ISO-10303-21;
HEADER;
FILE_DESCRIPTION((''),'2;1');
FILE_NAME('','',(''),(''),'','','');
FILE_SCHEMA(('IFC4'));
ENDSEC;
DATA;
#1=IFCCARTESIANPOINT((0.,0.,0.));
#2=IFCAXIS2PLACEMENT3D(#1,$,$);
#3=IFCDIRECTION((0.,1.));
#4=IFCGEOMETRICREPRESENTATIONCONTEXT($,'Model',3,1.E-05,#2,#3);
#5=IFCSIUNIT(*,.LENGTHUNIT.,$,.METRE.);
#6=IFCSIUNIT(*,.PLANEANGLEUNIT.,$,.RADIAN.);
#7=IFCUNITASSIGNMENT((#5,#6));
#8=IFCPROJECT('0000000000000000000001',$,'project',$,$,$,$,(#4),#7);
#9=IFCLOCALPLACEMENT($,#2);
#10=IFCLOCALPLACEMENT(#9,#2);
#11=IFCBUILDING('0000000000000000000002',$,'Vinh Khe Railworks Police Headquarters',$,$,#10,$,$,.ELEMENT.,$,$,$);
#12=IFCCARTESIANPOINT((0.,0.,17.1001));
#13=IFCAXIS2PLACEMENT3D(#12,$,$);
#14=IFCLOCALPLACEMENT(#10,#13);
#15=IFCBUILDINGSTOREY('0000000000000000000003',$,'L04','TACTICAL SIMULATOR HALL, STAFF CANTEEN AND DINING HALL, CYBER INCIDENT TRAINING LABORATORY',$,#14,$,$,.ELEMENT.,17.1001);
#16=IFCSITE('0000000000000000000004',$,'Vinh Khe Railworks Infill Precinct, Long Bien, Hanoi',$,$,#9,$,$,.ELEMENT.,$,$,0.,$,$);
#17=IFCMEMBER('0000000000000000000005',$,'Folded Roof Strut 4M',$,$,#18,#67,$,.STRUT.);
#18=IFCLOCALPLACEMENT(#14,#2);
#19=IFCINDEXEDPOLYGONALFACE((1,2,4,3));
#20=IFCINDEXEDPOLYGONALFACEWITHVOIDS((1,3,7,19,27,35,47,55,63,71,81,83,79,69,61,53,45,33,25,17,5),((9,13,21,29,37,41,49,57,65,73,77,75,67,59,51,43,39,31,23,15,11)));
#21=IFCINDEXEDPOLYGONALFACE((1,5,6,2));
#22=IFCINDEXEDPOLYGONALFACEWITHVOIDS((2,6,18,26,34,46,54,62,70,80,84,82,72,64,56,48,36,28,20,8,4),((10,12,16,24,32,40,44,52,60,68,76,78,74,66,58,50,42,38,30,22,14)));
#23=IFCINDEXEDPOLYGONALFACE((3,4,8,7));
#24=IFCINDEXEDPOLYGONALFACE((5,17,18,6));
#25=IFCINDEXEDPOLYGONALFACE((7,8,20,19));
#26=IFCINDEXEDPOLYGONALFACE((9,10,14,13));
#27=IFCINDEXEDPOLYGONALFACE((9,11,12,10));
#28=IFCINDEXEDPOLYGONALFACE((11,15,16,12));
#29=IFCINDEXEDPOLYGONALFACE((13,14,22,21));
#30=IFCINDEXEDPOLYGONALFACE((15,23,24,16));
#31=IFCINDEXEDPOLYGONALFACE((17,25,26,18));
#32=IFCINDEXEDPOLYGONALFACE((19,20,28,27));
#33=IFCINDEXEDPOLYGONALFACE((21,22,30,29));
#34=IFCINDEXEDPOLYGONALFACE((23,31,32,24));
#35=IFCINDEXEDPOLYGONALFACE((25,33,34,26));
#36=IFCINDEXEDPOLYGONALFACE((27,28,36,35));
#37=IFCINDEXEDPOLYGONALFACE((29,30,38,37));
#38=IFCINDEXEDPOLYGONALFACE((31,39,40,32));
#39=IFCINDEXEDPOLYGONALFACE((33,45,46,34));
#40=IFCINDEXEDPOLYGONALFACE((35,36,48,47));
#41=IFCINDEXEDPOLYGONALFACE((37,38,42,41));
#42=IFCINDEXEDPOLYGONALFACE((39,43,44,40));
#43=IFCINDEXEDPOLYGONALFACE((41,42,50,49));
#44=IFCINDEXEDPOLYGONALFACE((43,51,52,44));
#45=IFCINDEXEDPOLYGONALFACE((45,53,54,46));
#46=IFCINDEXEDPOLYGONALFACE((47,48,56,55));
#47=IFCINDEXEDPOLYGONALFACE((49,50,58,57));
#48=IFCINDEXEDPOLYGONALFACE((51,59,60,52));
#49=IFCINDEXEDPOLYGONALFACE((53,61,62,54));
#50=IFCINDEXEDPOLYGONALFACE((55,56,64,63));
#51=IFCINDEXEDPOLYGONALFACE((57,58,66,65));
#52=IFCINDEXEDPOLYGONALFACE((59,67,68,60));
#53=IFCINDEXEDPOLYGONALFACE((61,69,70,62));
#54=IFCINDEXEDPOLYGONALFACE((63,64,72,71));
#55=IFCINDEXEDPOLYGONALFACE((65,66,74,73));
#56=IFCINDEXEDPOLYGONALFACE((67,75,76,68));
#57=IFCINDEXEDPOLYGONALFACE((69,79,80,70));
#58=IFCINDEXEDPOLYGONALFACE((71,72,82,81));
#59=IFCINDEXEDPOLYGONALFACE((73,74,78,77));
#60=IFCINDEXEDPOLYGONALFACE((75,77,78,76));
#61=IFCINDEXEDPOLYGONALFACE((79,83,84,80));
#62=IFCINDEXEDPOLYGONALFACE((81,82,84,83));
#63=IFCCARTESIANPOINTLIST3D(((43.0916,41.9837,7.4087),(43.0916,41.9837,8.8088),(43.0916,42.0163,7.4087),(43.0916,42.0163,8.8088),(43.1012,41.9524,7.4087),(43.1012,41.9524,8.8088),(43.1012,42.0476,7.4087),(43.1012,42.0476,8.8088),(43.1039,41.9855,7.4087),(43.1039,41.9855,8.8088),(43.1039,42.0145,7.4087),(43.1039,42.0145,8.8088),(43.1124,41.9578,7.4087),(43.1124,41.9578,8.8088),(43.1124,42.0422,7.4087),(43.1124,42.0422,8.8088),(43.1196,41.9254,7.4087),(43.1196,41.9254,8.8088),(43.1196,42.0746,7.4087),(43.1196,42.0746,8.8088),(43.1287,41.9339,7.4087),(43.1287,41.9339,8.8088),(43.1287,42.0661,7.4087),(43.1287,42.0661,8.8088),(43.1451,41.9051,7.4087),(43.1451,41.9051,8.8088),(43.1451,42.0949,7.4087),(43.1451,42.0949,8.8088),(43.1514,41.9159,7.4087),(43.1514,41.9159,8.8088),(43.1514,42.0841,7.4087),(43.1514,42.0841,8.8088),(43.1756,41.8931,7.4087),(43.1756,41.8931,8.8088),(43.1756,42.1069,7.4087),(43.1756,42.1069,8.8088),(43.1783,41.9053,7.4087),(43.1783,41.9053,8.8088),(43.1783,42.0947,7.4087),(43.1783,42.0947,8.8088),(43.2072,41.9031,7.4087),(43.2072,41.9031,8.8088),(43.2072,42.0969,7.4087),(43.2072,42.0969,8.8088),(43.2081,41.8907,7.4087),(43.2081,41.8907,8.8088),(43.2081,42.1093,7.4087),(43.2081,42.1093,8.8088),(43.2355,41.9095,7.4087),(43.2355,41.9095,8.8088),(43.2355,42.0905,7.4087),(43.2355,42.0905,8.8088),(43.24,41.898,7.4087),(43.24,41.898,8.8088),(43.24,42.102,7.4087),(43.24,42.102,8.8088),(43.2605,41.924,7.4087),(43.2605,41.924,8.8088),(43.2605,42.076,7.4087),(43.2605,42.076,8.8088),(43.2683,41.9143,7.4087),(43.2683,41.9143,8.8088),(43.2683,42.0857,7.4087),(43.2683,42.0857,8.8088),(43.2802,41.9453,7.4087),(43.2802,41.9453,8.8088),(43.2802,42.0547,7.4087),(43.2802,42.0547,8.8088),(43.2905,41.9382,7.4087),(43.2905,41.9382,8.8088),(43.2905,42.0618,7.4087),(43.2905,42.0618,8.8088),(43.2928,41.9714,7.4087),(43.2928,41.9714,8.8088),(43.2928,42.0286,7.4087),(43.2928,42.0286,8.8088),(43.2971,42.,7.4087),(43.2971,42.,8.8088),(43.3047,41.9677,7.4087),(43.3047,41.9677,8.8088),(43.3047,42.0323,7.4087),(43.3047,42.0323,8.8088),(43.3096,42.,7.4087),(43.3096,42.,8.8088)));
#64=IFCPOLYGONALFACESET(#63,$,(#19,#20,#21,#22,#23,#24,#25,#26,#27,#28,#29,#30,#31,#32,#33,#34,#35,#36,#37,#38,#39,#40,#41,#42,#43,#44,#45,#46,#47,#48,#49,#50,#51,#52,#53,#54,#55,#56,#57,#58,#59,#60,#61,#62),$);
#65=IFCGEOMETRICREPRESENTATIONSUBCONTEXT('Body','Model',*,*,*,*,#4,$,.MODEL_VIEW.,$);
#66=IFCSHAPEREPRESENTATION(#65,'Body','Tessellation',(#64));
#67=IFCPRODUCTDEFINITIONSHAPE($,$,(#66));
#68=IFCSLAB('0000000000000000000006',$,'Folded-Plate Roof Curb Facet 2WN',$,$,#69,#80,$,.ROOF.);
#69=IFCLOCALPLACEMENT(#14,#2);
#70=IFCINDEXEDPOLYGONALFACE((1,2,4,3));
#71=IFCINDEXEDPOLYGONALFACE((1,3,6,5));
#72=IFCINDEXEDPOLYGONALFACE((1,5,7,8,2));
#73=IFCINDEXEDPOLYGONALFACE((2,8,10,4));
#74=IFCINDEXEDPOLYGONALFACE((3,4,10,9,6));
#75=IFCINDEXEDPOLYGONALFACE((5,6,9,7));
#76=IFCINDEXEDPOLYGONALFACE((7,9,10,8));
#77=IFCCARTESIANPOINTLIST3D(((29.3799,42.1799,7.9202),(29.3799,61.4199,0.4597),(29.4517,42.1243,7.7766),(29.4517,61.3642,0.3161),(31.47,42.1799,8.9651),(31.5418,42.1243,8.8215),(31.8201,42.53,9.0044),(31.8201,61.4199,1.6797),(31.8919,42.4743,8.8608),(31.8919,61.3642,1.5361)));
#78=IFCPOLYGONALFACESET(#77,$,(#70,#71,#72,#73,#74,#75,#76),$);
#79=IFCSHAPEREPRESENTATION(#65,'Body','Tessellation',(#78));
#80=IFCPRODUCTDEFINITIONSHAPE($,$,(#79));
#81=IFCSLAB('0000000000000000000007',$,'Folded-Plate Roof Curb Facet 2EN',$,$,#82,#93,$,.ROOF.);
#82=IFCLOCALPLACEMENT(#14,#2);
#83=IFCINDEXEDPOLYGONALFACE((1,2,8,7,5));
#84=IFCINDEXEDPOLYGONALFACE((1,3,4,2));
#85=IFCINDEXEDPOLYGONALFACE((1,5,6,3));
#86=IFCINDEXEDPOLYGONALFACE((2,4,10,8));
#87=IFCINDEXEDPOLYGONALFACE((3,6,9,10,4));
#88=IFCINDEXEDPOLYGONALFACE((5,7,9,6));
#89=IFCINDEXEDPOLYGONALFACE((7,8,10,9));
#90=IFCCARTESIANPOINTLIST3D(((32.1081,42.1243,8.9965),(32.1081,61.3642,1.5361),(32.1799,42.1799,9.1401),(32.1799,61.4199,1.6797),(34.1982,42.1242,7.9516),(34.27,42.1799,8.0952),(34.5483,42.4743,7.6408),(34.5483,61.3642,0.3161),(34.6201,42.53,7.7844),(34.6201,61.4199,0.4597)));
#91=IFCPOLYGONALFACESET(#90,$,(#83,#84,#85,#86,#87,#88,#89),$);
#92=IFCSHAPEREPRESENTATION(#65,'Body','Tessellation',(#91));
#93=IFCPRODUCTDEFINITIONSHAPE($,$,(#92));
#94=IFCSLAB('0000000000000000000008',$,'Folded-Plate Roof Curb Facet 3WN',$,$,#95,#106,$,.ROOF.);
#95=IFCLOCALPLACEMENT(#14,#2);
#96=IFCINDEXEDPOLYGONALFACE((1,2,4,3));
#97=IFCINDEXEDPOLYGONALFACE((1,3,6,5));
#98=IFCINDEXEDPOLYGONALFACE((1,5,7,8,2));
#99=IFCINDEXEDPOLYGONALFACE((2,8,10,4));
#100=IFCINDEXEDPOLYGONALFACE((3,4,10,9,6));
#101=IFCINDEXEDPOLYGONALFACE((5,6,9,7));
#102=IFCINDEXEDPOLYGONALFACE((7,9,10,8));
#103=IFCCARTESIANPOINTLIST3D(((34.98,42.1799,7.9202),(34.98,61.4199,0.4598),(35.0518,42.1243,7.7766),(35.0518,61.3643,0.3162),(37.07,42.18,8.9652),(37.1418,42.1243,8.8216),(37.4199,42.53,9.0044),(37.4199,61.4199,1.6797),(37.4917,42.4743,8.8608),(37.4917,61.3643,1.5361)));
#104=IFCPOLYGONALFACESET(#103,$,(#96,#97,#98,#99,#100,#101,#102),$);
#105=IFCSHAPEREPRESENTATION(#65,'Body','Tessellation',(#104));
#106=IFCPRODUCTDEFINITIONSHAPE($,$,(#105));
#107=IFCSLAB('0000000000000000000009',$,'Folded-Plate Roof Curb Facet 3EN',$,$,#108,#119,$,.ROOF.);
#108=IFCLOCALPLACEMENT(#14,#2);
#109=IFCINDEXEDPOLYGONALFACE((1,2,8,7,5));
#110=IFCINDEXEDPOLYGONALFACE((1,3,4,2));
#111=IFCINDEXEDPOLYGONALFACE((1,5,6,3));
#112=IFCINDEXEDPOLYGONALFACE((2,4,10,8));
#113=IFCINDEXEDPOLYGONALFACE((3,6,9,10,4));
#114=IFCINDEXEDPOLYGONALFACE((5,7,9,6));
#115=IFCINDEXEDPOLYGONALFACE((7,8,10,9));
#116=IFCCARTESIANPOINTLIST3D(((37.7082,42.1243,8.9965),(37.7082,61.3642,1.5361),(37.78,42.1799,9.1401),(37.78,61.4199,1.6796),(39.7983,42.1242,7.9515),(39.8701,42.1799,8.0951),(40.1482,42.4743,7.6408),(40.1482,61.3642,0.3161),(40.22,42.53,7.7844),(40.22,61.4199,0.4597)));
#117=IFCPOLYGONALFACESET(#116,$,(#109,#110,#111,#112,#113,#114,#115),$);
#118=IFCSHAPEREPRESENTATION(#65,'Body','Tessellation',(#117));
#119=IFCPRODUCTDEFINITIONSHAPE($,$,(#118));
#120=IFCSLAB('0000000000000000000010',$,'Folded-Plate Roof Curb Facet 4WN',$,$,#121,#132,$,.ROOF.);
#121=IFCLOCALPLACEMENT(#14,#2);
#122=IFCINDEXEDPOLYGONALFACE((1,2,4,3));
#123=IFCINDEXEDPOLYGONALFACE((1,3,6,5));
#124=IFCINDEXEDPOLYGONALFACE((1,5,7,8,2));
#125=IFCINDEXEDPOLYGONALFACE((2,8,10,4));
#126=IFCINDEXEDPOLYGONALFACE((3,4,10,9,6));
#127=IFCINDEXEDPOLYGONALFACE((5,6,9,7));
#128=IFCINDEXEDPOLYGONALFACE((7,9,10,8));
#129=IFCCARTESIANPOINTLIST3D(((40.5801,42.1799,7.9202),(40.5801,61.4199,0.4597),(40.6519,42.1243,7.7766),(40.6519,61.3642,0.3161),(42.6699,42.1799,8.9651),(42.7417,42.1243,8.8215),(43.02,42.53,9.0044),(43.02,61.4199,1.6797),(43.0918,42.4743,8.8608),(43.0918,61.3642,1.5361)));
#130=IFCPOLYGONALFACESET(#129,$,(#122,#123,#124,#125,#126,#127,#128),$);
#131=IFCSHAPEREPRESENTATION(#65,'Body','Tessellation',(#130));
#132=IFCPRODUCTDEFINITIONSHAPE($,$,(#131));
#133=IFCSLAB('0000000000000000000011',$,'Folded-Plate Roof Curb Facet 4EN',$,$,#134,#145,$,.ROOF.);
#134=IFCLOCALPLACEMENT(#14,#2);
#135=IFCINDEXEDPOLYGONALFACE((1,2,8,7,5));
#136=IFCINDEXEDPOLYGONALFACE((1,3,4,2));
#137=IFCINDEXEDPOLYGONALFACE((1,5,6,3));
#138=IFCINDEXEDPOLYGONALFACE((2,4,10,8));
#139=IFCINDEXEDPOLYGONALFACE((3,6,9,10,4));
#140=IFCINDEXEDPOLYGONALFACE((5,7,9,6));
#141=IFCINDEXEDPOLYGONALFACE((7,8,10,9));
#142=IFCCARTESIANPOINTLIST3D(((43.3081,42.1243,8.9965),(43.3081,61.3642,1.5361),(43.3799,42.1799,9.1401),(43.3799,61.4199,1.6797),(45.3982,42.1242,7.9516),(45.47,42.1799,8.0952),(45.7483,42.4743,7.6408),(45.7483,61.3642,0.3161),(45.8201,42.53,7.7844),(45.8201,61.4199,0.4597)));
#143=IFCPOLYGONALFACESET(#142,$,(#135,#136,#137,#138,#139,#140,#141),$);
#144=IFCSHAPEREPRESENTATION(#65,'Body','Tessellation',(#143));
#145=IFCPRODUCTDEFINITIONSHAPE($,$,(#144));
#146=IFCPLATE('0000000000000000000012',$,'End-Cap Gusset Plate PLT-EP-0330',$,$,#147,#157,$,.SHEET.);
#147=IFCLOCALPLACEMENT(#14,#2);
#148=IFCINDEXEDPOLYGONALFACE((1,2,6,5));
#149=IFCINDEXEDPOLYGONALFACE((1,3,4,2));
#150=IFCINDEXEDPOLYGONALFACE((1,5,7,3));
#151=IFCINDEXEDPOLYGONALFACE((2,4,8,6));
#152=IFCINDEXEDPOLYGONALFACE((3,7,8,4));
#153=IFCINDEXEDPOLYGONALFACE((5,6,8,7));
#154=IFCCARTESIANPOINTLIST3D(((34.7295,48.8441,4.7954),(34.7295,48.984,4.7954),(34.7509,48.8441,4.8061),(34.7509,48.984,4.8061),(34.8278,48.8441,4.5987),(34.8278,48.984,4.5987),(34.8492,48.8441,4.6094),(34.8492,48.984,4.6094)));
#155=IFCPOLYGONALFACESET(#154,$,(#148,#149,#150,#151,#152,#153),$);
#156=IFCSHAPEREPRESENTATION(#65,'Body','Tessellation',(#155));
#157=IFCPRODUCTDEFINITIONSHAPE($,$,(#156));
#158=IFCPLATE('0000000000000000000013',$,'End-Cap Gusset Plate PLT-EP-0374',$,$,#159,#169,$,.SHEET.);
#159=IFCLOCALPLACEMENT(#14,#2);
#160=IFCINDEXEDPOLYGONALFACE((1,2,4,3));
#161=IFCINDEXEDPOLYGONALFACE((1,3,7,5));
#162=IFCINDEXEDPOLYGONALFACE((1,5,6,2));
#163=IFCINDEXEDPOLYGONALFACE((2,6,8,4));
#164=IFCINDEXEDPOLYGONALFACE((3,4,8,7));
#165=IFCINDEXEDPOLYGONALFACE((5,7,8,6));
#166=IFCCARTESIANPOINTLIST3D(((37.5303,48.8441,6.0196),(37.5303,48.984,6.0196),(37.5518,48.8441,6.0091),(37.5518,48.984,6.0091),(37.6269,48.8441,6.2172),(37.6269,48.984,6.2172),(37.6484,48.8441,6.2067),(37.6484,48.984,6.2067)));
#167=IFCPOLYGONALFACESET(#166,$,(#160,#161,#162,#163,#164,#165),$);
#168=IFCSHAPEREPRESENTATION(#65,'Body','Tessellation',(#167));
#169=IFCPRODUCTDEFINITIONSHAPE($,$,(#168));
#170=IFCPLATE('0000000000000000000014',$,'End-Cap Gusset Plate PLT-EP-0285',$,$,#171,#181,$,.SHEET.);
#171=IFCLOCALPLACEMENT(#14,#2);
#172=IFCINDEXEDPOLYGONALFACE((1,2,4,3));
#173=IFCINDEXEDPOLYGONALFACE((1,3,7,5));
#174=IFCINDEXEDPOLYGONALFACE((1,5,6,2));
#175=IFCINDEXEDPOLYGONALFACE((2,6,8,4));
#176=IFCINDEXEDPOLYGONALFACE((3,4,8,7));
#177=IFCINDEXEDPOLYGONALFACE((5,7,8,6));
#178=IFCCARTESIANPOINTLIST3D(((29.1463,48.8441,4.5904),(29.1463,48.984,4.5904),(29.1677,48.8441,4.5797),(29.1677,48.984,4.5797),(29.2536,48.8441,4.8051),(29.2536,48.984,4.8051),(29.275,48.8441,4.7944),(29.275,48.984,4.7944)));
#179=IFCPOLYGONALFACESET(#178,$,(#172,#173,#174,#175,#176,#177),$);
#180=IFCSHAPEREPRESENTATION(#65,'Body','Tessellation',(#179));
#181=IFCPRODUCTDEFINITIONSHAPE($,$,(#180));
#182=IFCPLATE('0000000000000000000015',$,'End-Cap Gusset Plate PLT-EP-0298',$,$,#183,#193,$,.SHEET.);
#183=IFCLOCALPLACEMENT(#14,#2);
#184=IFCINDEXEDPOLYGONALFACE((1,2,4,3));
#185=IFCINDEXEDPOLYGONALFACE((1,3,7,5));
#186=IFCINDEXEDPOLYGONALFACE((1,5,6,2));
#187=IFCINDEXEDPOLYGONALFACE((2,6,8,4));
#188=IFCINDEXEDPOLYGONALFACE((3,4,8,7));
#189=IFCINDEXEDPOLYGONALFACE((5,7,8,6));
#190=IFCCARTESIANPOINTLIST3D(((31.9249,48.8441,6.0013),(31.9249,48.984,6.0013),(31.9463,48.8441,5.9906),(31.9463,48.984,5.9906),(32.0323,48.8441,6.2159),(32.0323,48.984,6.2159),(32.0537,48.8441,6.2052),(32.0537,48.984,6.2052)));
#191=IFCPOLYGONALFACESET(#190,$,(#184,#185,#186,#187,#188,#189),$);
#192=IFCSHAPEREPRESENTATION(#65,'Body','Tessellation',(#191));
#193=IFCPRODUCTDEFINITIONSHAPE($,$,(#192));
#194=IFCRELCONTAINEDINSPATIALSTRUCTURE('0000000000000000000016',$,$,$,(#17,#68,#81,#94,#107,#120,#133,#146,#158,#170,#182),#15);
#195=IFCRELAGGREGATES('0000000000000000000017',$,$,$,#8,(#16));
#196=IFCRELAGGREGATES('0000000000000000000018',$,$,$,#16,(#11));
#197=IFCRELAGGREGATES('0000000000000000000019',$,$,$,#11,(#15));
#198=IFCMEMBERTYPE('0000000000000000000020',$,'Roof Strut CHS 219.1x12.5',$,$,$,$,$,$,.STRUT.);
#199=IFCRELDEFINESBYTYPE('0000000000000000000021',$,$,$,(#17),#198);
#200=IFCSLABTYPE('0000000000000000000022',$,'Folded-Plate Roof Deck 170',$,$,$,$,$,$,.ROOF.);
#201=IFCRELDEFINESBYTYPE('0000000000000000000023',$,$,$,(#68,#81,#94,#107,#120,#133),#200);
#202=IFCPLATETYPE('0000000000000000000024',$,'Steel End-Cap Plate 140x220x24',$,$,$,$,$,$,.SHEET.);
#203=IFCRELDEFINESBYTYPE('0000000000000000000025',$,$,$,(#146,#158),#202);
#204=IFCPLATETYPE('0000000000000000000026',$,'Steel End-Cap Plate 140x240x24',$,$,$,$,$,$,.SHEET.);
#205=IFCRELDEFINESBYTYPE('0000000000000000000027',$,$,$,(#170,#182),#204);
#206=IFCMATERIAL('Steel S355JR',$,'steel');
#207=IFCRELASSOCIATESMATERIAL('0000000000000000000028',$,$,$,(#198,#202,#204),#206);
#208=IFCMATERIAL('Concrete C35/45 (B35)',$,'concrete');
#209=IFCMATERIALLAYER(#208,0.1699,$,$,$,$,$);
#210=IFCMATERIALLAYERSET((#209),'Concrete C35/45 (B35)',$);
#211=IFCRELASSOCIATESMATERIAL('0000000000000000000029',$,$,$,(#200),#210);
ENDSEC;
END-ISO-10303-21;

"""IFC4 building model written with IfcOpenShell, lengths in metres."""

from ifc_helpers import new_model, si_unit, direction, frame, origin, origin_2d, place, context, subcontext, project, spatial, polyline, rectangle, hollow_circle, outline, extrude, material, layer, layer_set, material_profile, profile_set, type_object, element, save


model = new_model("IFC4")

# Units and contexts
model_context = context("Model", 3, precision=1e-05, world=origin(), true_north=direction((0.0, 1.0)))
body_context = subcontext(model_context, "Body", "Model", "MODEL_VIEW")
ifc_project = project(units=[si_unit("LENGTHUNIT", "METRE"), si_unit("PLANEANGLEUNIT", "RADIAN")], contexts=[model_context])

# Site, building, storey
site_placement = place(None, origin())
site = spatial("IfcSite", under=ifc_project, at=site_placement, Name="Vinh Khe Railworks Infill Precinct, Long Bien, Hanoi", CompositionType="ELEMENT", RefElevation=0.0)
building_placement = place(site_placement, origin())
building = spatial("IfcBuilding", under=site, at=building_placement, Name="Vinh Khe Railworks Police Headquarters", CompositionType="ELEMENT")
storey_placement = place(building_placement, frame((0.0, 0.0, 17.1001)))
storey = spatial("IfcBuildingStorey", under=building, at=storey_placement, Name="L04", Description="TACTICAL SIMULATOR HALL, STAFF CANTEEN AND DINING HALL, CYBER INCIDENT TRAINING LABORATORY", CompositionType="ELEMENT", Elevation=17.1001)

# Member
ifc_material_1 = material(Name="Steel S355JR", Category="steel")
ifc_material_profile_1 = material_profile(ifc_material_1, hollow_circle(Radius=0.1096, WallThickness=0.0125, at=origin_2d()), Name="CHS 219.1x12.5")
ifc_profile_set_1 = profile_set([ifc_material_profile_1], Name="Steel S355JR")
member_type_1 = type_object("IfcMemberType", Name="Roof Strut CHS 219.1x12.5", PredefinedType="STRUT", material=ifc_profile_set_1)
for number, where, z_axis, x_axis, name in (
    (1, (43.2, 42.0, 7.4087), (0.0, 0.0, 1.0), (1.0, 0.0, 0.0), "Folded Roof Strut 4M"),
):
    element("IfcMember", number, at=place(storey_placement, frame(where, z_axis=z_axis, x_axis=x_axis)), inside=storey, type_object=member_type_1, Name=name, PredefinedType="STRUT", context=body_context, shape_type="SweptSolid", body=[
        extrude(hollow_circle(Radius=0.1096, WallThickness=0.0125, at=origin_2d()), origin(), (0.0, 0.0, 1.0), 1.4001),
    ])

# Slabs
ifc_material_2 = material(Name="Concrete C35/45 (B35)", Category="concrete")
ifc_layer_1 = layer(ifc_material_2, 0.1699)
ifc_layer_set_1 = layer_set([ifc_layer_1], Name="Concrete C35/45 (B35)")
slab_type = type_object("IfcSlabType", Name="Folded-Plate Roof Deck 170", PredefinedType="ROOF", material=ifc_layer_set_1)
slab_1_placement = place(storey_placement, frame((29.3799, 42.1799, 7.9202), z_axis=(-0.42249, 0.327678, 0.845061), x_axis=(0.894445, 0.000003, 0.447179)))
element("IfcSlab", 2, at=slab_1_placement, inside=storey, type_object=slab_type, Name="Folded-Plate Roof Curb Facet 2WN", PredefinedType="ROOF", context=body_context, shape_type="SweptSolid", body=[
    extrude(outline(polyline([(0.0, 0.0), (2.3367, 0.0), (2.6675, 0.3705), (-0.6079, 20.3643), (-3.3361, 20.3643), (0.0, 0.0)])), origin(), (0.0, 0.0, -1.0), 0.1699),
])
slab_2_placement = place(storey_placement, frame((32.1799, 42.1799, 9.1401), z_axis=(0.422487, 0.32768, 0.845063), x_axis=(0.894446, -0.000002, -0.447176)))
element("IfcSlab", 3, at=slab_2_placement, inside=storey, type_object=slab_type, Name="Folded-Plate Roof Curb Facet 2EN", PredefinedType="ROOF", context=body_context, shape_type="SweptSolid", body=[
    extrude(outline(polyline([(0.0, 0.0), (2.3367, 0.0), (2.7889, 0.3706), (6.0643, 20.3643), (3.3361, 20.3643), (0.0, 0.0)])), origin(), (0.0, 0.0, -1.0), 0.1699),
])
slab_3_placement = place(storey_placement, frame((34.98, 42.1799, 7.9202), z_axis=(-0.422525, 0.327671, 0.845047), x_axis=(0.894429, 0.000015, 0.44721)))
element("IfcSlab", 4, at=slab_3_placement, inside=storey, type_object=slab_type, Name="Folded-Plate Roof Curb Facet 3WN", PredefinedType="ROOF", context=body_context, shape_type="SweptSolid", body=[
    extrude(outline(polyline([(0.0, 0.0), (2.3367, 0.0), (2.6672, 0.3705), (-0.6082, 20.3643), (-3.3361, 20.3643), (0.0, 0.0)])), origin(), (0.0, 0.0, -1.0), 0.1699),
])
slab_4_placement = place(storey_placement, frame((37.78, 42.1799, 9.1401), z_axis=(0.422521, 0.327676, 0.845047), x_axis=(0.89443, -0.000014, -0.447207)))
element("IfcSlab", 5, at=slab_4_placement, inside=storey, type_object=slab_type, Name="Folded-Plate Roof Curb Facet 3EN", PredefinedType="ROOF", context=body_context, shape_type="SweptSolid", body=[
    extrude(outline(polyline([(0.0, 0.0), (2.3367, 0.0), (2.7886, 0.3706), (6.064, 20.3644), (3.3361, 20.3643), (0.0, 0.0)])), origin(), (0.0, 0.0, -1.0), 0.1699),
])
slab_5_placement = place(storey_placement, frame((40.5801, 42.1799, 7.9202), z_axis=(-0.422525, 0.327673, 0.845046), x_axis=(0.894426, 0.000001, 0.447215)))
element("IfcSlab", 6, at=slab_5_placement, inside=storey, type_object=slab_type, Name="Folded-Plate Roof Curb Facet 4WN", PredefinedType="ROOF", context=body_context, shape_type="SweptSolid", body=[
    extrude(outline(polyline([(0.0, 0.0), (2.3365, 0.0), (2.6672, 0.3706), (-0.6085, 20.3643), (-3.3364, 20.3643), (0.0, 0.0)])), origin(), (0.0, 0.0, -1.0), 0.1699),
])
slab_6_placement = place(storey_placement, frame((43.3799, 42.1799, 9.1401), z_axis=(0.422487, 0.32768, 0.845063), x_axis=(0.894446, -0.000002, -0.447176)))
element("IfcSlab", 7, at=slab_6_placement, inside=storey, type_object=slab_type, Name="Folded-Plate Roof Curb Facet 4EN", PredefinedType="ROOF", context=body_context, shape_type="SweptSolid", body=[
    extrude(outline(polyline([(0.0, 0.0), (2.3367, 0.0), (2.7889, 0.3706), (6.0643, 20.3643), (3.3361, 20.3643), (0.0, 0.0)])), origin(), (0.0, 0.0, -1.0), 0.1699),
])

# Plates
ifc_material_profile_2 = material_profile(ifc_material_1, rectangle(XDim=0.1399, YDim=0.22, at=origin_2d()), Name="PL 140x220")
ifc_profile_set_2 = profile_set([ifc_material_profile_2], Name="Steel S355JR")
plate_type_1 = type_object("IfcPlateType", Name="Steel End-Cap Plate 140x220x24", PredefinedType="SHEET", material=ifc_profile_set_2)
for number, where, z_axis, x_axis, name in (
    (8, (34.8, 48.9141, 4.7078), (-0.894427, 0.0, -0.447214), (0.0, -1.0, 0.0), "End-Cap Gusset Plate PLT-EP-0330"),
    (9, (37.6001, 48.9141, 6.1079), (-0.898474, 0.0, 0.439027), (0.0, -1.0, 0.0), "End-Cap Gusset Plate PLT-EP-0374"),
):
    element("IfcPlate", number, at=place(storey_placement, frame(where, z_axis=z_axis, x_axis=x_axis)), inside=storey, type_object=plate_type_1, Name=name, PredefinedType="SHEET", context=body_context, shape_type="SweptSolid", body=[
        extrude(rectangle(XDim=0.1399, YDim=0.22, at=origin_2d()), origin(), (0.0, 0.0, 1.0), 0.0239),
    ])
ifc_material_profile_3 = material_profile(ifc_material_1, rectangle(XDim=0.1399, YDim=0.24, at=origin_2d()), Name="PL 140x240")
ifc_profile_set_3 = profile_set([ifc_material_profile_3], Name="Steel S355JR")
plate_type_2 = type_object("IfcPlateType", Name="Steel End-Cap Plate 140x240x24", PredefinedType="SHEET", material=ifc_profile_set_3)
for number, where, z_axis, x_axis, name in (
    (10, (29.2, 48.9141, 4.6978), (0.894427, 0.0, -0.447214), (0.0, 1.0, 0.0), "End-Cap Gusset Plate PLT-EP-0285"),
    (11, (32.0, 48.9141, 6.0979), (-0.894427, 0.0, 0.447214), (0.0, -1.0, 0.0), "End-Cap Gusset Plate PLT-EP-0298"),
):
    element("IfcPlate", number, at=place(storey_placement, frame(where, z_axis=z_axis, x_axis=x_axis)), inside=storey, type_object=plate_type_2, Name=name, PredefinedType="SHEET", context=body_context, shape_type="SweptSolid", body=[
        extrude(rectangle(XDim=0.1399, YDim=0.24, at=origin_2d()), origin(), (0.0, 0.0, 1.0), 0.0239),
    ])

save(model, "model.ifc")
